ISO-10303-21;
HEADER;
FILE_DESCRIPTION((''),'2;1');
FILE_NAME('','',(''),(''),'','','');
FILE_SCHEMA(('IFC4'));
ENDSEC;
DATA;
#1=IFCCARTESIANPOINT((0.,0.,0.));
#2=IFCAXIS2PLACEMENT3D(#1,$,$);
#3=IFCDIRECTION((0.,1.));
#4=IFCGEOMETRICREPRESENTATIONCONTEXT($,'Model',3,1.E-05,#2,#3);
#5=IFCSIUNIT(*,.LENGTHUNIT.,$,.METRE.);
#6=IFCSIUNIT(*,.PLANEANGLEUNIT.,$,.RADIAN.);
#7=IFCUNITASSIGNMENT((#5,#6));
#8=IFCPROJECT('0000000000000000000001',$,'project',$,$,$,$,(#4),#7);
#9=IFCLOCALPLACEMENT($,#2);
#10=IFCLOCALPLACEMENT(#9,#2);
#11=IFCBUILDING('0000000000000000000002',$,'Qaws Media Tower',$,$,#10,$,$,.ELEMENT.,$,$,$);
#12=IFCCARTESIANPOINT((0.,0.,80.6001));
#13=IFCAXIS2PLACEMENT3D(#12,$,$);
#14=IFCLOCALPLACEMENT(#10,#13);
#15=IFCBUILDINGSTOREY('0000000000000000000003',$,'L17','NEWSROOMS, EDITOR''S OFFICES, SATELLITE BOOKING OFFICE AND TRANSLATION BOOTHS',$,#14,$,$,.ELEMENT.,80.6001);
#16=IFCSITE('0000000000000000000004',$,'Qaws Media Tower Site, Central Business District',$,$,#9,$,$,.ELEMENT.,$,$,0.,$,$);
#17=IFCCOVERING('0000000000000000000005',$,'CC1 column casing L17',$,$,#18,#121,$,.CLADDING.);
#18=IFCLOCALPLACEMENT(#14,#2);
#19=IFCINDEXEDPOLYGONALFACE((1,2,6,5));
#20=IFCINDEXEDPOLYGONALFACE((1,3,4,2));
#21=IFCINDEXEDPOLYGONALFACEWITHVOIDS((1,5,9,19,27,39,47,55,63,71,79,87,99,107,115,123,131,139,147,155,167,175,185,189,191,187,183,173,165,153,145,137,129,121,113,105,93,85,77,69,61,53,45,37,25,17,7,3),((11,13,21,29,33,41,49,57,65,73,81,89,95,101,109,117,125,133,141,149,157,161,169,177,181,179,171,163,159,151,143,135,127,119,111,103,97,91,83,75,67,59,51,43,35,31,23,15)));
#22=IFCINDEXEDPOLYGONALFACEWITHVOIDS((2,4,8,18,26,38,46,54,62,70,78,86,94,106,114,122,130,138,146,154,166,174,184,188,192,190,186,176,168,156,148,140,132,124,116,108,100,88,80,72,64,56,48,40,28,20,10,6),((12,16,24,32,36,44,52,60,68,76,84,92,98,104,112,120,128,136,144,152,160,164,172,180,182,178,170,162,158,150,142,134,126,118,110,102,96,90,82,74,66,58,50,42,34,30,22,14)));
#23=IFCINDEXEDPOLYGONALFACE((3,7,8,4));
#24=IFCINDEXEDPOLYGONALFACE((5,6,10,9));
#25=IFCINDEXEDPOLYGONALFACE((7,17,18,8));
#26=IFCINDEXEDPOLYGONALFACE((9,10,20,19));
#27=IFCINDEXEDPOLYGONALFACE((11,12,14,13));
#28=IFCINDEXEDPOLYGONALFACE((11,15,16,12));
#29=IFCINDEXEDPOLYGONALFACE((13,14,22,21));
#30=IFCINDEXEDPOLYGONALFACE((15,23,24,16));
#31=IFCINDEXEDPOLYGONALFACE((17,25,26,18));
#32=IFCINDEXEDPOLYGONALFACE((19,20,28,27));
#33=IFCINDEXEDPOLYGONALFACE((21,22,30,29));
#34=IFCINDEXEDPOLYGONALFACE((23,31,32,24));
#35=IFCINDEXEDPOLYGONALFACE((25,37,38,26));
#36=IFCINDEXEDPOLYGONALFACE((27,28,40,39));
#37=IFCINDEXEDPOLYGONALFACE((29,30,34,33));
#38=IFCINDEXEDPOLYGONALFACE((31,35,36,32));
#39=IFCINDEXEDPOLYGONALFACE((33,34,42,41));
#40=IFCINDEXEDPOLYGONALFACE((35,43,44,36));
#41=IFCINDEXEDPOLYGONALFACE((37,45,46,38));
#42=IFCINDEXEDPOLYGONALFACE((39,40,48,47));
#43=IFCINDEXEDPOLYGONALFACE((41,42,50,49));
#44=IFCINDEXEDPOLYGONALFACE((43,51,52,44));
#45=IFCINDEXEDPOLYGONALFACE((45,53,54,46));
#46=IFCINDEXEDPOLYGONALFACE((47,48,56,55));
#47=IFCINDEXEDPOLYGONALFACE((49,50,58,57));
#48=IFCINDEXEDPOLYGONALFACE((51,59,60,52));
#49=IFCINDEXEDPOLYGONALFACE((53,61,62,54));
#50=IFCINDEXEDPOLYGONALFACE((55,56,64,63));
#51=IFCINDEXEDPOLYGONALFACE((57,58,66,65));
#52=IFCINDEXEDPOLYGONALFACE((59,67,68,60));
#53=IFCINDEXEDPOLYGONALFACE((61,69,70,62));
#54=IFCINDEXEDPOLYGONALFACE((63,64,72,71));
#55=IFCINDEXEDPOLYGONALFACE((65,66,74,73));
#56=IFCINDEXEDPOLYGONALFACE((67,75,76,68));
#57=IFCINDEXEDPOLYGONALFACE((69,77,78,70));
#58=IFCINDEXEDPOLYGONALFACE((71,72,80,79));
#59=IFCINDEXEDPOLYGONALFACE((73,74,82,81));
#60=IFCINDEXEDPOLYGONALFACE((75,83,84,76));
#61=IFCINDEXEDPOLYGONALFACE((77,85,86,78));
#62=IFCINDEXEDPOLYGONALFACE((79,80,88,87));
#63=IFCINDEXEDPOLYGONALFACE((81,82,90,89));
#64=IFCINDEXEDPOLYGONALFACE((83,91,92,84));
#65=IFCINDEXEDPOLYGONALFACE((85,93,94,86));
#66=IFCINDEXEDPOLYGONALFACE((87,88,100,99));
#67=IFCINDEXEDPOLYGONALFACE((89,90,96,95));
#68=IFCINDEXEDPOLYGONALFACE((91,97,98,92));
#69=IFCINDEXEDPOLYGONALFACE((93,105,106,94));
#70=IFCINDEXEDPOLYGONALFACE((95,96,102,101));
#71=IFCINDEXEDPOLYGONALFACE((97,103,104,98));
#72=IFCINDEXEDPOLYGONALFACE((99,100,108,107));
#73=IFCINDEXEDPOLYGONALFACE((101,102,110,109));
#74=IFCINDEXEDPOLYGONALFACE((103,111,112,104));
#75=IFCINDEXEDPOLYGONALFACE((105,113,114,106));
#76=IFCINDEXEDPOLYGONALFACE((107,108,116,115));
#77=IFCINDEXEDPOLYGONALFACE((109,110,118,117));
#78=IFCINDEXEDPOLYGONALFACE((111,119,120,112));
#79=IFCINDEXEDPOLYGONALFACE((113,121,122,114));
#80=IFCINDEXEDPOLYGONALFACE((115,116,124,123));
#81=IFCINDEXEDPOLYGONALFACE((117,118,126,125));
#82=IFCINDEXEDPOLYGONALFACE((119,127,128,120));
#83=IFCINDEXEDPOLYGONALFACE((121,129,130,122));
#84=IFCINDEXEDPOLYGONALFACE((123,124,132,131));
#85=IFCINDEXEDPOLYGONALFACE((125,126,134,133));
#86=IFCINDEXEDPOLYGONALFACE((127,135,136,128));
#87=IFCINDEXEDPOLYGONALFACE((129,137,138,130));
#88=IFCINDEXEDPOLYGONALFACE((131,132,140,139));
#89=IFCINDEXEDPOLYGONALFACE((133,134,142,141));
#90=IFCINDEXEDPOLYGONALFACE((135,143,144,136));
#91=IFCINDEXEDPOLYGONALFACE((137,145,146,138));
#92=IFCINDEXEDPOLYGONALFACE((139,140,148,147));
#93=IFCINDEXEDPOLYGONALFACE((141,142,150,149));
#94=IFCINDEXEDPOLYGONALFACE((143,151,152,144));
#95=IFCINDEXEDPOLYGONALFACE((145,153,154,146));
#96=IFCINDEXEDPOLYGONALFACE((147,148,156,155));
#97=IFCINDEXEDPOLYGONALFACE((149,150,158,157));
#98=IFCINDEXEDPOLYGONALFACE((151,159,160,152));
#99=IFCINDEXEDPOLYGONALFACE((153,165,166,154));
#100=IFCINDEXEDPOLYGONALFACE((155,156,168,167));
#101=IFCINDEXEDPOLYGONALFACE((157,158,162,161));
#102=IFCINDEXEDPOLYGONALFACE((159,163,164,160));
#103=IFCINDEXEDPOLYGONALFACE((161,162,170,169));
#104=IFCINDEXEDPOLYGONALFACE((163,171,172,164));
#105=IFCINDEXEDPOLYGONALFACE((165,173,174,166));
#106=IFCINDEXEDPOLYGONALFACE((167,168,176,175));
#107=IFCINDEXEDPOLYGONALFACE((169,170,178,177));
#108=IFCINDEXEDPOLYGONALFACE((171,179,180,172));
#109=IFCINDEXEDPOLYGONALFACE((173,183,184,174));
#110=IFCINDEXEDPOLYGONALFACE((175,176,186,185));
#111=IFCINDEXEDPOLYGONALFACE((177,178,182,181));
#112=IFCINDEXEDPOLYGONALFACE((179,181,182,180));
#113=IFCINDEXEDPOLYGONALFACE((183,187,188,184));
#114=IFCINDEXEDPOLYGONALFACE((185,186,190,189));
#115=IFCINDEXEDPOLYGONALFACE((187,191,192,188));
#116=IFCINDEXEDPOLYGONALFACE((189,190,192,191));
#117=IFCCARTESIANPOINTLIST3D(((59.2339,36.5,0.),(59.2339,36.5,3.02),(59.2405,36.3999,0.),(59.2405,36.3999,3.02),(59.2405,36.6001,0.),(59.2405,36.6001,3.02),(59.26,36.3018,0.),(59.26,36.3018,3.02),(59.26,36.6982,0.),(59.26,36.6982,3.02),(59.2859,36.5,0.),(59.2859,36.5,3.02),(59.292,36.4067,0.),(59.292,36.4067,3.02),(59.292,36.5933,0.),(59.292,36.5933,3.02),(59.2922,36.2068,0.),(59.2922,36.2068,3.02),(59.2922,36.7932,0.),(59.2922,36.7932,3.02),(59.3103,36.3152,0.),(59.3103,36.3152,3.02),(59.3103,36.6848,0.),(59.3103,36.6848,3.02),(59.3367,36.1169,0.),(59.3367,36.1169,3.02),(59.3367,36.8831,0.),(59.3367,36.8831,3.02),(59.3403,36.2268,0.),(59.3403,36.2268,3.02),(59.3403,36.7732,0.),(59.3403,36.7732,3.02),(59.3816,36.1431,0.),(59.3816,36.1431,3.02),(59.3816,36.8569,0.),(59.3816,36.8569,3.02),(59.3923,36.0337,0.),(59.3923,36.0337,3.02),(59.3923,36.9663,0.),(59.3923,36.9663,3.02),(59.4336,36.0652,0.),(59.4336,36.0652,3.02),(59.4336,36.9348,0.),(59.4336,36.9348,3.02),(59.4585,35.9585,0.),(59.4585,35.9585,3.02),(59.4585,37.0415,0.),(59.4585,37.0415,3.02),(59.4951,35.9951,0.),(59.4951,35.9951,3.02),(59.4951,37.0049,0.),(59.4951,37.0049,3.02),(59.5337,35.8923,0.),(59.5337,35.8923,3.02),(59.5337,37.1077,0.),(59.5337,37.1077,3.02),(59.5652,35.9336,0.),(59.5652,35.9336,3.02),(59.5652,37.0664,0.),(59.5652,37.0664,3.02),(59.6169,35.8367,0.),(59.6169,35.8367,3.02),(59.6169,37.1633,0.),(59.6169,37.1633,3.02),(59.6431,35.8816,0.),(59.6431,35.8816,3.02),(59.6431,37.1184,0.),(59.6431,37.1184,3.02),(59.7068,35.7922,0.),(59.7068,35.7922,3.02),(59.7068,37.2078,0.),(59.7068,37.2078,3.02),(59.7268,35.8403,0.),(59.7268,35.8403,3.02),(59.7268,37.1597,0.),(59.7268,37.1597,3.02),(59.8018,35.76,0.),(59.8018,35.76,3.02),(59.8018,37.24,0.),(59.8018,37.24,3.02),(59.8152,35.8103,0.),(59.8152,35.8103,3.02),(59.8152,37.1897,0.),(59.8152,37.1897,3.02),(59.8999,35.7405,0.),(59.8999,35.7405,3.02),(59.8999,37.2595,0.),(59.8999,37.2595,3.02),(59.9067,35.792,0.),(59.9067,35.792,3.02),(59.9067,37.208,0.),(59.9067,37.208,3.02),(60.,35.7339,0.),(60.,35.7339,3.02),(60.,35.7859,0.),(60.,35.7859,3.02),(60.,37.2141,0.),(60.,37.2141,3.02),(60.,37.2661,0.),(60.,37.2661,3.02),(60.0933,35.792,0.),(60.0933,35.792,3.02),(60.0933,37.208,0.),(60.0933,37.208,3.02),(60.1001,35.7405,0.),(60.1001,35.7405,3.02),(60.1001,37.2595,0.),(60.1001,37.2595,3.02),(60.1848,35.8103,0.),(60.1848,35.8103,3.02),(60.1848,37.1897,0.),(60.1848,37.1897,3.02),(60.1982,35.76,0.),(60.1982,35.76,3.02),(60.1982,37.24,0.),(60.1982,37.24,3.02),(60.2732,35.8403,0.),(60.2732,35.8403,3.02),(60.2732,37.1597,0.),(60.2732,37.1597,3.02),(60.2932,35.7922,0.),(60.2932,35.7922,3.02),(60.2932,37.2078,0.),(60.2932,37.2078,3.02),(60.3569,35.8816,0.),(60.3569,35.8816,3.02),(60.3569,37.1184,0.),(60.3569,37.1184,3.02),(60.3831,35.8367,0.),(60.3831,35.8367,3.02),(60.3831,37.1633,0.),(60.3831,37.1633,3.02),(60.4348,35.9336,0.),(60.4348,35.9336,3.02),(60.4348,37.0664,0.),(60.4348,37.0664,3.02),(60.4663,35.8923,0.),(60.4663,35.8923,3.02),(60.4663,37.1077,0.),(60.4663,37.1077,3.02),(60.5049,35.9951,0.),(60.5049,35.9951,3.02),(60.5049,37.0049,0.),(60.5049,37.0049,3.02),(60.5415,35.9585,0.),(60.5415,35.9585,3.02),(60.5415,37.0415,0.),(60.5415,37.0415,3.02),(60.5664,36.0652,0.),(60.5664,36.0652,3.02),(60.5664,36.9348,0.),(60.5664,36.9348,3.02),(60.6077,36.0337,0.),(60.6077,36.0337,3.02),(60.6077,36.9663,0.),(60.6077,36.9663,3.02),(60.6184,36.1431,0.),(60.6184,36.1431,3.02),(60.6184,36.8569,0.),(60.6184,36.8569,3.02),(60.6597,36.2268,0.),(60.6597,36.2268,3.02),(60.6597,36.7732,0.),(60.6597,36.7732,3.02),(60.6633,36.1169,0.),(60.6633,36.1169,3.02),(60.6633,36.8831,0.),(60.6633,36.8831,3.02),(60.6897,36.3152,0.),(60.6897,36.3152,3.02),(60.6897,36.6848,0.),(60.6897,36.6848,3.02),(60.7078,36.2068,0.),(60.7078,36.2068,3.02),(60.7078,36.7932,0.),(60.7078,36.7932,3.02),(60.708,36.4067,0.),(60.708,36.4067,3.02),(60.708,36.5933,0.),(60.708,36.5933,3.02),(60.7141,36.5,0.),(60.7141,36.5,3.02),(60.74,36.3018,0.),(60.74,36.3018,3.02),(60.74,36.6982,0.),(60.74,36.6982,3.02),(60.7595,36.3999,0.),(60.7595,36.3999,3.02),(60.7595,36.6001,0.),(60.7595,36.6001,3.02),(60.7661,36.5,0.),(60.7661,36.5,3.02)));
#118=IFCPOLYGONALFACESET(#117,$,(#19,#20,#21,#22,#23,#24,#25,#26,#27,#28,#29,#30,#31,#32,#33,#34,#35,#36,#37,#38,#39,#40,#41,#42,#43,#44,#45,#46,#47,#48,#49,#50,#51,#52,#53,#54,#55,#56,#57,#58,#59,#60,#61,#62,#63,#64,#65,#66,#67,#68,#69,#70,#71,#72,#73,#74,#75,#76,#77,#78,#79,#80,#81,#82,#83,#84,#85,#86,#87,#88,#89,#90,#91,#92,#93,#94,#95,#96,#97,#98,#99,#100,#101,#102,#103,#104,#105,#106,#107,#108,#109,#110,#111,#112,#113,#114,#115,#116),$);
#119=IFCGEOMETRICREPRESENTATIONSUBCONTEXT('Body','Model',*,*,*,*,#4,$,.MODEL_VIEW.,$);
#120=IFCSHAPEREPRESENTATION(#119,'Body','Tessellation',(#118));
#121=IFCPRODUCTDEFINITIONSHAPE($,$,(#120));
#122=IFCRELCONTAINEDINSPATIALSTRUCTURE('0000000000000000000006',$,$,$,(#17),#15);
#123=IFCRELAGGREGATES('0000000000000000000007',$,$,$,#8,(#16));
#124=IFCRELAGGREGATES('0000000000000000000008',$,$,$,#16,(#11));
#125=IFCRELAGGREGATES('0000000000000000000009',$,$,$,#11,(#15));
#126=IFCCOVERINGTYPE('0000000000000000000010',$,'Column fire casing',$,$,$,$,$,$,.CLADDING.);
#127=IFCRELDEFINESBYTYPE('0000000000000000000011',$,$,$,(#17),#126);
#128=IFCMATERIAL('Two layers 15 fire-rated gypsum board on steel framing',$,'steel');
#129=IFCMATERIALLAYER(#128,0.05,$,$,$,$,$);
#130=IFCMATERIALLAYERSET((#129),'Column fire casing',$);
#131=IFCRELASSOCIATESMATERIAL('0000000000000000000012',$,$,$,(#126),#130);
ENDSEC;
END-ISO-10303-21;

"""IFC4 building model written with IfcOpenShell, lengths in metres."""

from ifc_helpers import new_model, si_unit, direction, frame, origin, place, context, subcontext, project, spatial, polyline, outline, extrude, material, layer, layer_set, type_object, element, save


model = new_model("IFC4")

# Units and contexts
model_context = context("Model", 3, precision=1e-05, world=origin(), true_north=direction((0.0, 1.0)))
body_context = subcontext(model_context, "Body", "Model", "MODEL_VIEW")
ifc_project = project(units=[si_unit("LENGTHUNIT", "METRE"), si_unit("PLANEANGLEUNIT", "RADIAN")], contexts=[model_context])

# Site, building, storey
site_placement = place(None, origin())
site = spatial("IfcSite", under=ifc_project, at=site_placement, Name="Qaws Media Tower Site, Central Business District", CompositionType="ELEMENT", RefElevation=0.0)
building_placement = place(site_placement, origin())
building = spatial("IfcBuilding", under=site, at=building_placement, Name="Qaws Media Tower", CompositionType="ELEMENT")
storey_placement = place(building_placement, frame((0.0, 0.0, 80.6001)))
storey = spatial("IfcBuildingStorey", under=building, at=storey_placement, Name="L17", Description="NEWSROOMS, EDITOR'S OFFICES, SATELLITE BOOKING OFFICE AND TRANSLATION BOOTHS", CompositionType="ELEMENT", Elevation=80.6001)

# Covering
ifc_material_1 = material(Name="Two layers 15 fire-rated gypsum board on steel framing", Category="steel")
ifc_layer_1 = layer(ifc_material_1, 0.05)
ifc_layer_set_1 = layer_set([ifc_layer_1], Name="Column fire casing")
covering_type = type_object("IfcCoveringType", Name="Column fire casing", PredefinedType="CLADDING", material=ifc_layer_set_1)
covering_1_placement = place(storey_placement, origin())
element("IfcCovering", 1, at=covering_1_placement, inside=storey, type_object=covering_type, Name="CC1 column casing L17", PredefinedType="CLADDING", context=body_context, shape_type="SweptSolid", body=[
    extrude(outline(polyline([(60.7661, 36.5), (60.7595, 36.3999), (60.74, 36.3018), (60.7078, 36.2068), (60.6633, 36.1169), (60.6077, 36.0337), (60.5415, 35.9585), (60.4663, 35.8923), (60.3831, 35.8367), (60.2932, 35.7922), (60.1982, 35.76), (60.1001, 35.7405), (60.0, 35.7339), (59.8999, 35.7405), (59.8018, 35.76), (59.7068, 35.7922), (59.6169, 35.8367), (59.5337, 35.8923), (59.4585, 35.9585), (59.3923, 36.0337), (59.3367, 36.1169), (59.2922, 36.2068), (59.26, 36.3018), (59.2405, 36.3999), (59.2339, 36.5), (59.2405, 36.6001), (59.26, 36.6982), (59.2922, 36.7932), (59.3367, 36.8831), (59.3923, 36.9663), (59.4585, 37.0415), (59.5337, 37.1077), (59.6169, 37.1633), (59.7068, 37.2078), (59.8018, 37.24), (59.8999, 37.2595), (60.0, 37.2661), (60.1001, 37.2595), (60.1982, 37.24), (60.2932, 37.2078), (60.3831, 37.1633), (60.4663, 37.1077), (60.5415, 37.0415), (60.6077, 36.9663), (60.6633, 36.8831), (60.7078, 36.7932), (60.74, 36.6982), (60.7595, 36.6001), (60.7661, 36.5)]), holes=[polyline([(60.7141, 36.5), (60.708, 36.4067), (60.6897, 36.3152), (60.6597, 36.2268), (60.6184, 36.1431), (60.5664, 36.0652), (60.5049, 35.9951), (60.4348, 35.9336), (60.3569, 35.8816), (60.2732, 35.8403), (60.1848, 35.8103), (60.0933, 35.792), (60.0, 35.7859), (59.9067, 35.792), (59.8152, 35.8103), (59.7268, 35.8403), (59.6431, 35.8816), (59.5652, 35.9336), (59.4951, 35.9951), (59.4336, 36.0652), (59.3816, 36.1431), (59.3403, 36.2268), (59.3103, 36.3152), (59.292, 36.4067), (59.2859, 36.5), (59.292, 36.5933), (59.3103, 36.6848), (59.3403, 36.7732), (59.3816, 36.8569), (59.4336, 36.9348), (59.4951, 37.0049), (59.5652, 37.0664), (59.6431, 37.1184), (59.7268, 37.1597), (59.8152, 37.1897), (59.9067, 37.208), (60.0, 37.2141), (60.0933, 37.208), (60.1848, 37.1897), (60.2732, 37.1597), (60.3569, 37.1184), (60.4348, 37.0664), (60.5049, 37.0049), (60.5664, 36.9348), (60.6184, 36.8569), (60.6597, 36.7732), (60.6897, 36.6848), (60.708, 36.5933), (60.7141, 36.5)])]), origin(), (0.0, 0.0, 1.0), 3.02),
])

save(model, "model.ifc")
